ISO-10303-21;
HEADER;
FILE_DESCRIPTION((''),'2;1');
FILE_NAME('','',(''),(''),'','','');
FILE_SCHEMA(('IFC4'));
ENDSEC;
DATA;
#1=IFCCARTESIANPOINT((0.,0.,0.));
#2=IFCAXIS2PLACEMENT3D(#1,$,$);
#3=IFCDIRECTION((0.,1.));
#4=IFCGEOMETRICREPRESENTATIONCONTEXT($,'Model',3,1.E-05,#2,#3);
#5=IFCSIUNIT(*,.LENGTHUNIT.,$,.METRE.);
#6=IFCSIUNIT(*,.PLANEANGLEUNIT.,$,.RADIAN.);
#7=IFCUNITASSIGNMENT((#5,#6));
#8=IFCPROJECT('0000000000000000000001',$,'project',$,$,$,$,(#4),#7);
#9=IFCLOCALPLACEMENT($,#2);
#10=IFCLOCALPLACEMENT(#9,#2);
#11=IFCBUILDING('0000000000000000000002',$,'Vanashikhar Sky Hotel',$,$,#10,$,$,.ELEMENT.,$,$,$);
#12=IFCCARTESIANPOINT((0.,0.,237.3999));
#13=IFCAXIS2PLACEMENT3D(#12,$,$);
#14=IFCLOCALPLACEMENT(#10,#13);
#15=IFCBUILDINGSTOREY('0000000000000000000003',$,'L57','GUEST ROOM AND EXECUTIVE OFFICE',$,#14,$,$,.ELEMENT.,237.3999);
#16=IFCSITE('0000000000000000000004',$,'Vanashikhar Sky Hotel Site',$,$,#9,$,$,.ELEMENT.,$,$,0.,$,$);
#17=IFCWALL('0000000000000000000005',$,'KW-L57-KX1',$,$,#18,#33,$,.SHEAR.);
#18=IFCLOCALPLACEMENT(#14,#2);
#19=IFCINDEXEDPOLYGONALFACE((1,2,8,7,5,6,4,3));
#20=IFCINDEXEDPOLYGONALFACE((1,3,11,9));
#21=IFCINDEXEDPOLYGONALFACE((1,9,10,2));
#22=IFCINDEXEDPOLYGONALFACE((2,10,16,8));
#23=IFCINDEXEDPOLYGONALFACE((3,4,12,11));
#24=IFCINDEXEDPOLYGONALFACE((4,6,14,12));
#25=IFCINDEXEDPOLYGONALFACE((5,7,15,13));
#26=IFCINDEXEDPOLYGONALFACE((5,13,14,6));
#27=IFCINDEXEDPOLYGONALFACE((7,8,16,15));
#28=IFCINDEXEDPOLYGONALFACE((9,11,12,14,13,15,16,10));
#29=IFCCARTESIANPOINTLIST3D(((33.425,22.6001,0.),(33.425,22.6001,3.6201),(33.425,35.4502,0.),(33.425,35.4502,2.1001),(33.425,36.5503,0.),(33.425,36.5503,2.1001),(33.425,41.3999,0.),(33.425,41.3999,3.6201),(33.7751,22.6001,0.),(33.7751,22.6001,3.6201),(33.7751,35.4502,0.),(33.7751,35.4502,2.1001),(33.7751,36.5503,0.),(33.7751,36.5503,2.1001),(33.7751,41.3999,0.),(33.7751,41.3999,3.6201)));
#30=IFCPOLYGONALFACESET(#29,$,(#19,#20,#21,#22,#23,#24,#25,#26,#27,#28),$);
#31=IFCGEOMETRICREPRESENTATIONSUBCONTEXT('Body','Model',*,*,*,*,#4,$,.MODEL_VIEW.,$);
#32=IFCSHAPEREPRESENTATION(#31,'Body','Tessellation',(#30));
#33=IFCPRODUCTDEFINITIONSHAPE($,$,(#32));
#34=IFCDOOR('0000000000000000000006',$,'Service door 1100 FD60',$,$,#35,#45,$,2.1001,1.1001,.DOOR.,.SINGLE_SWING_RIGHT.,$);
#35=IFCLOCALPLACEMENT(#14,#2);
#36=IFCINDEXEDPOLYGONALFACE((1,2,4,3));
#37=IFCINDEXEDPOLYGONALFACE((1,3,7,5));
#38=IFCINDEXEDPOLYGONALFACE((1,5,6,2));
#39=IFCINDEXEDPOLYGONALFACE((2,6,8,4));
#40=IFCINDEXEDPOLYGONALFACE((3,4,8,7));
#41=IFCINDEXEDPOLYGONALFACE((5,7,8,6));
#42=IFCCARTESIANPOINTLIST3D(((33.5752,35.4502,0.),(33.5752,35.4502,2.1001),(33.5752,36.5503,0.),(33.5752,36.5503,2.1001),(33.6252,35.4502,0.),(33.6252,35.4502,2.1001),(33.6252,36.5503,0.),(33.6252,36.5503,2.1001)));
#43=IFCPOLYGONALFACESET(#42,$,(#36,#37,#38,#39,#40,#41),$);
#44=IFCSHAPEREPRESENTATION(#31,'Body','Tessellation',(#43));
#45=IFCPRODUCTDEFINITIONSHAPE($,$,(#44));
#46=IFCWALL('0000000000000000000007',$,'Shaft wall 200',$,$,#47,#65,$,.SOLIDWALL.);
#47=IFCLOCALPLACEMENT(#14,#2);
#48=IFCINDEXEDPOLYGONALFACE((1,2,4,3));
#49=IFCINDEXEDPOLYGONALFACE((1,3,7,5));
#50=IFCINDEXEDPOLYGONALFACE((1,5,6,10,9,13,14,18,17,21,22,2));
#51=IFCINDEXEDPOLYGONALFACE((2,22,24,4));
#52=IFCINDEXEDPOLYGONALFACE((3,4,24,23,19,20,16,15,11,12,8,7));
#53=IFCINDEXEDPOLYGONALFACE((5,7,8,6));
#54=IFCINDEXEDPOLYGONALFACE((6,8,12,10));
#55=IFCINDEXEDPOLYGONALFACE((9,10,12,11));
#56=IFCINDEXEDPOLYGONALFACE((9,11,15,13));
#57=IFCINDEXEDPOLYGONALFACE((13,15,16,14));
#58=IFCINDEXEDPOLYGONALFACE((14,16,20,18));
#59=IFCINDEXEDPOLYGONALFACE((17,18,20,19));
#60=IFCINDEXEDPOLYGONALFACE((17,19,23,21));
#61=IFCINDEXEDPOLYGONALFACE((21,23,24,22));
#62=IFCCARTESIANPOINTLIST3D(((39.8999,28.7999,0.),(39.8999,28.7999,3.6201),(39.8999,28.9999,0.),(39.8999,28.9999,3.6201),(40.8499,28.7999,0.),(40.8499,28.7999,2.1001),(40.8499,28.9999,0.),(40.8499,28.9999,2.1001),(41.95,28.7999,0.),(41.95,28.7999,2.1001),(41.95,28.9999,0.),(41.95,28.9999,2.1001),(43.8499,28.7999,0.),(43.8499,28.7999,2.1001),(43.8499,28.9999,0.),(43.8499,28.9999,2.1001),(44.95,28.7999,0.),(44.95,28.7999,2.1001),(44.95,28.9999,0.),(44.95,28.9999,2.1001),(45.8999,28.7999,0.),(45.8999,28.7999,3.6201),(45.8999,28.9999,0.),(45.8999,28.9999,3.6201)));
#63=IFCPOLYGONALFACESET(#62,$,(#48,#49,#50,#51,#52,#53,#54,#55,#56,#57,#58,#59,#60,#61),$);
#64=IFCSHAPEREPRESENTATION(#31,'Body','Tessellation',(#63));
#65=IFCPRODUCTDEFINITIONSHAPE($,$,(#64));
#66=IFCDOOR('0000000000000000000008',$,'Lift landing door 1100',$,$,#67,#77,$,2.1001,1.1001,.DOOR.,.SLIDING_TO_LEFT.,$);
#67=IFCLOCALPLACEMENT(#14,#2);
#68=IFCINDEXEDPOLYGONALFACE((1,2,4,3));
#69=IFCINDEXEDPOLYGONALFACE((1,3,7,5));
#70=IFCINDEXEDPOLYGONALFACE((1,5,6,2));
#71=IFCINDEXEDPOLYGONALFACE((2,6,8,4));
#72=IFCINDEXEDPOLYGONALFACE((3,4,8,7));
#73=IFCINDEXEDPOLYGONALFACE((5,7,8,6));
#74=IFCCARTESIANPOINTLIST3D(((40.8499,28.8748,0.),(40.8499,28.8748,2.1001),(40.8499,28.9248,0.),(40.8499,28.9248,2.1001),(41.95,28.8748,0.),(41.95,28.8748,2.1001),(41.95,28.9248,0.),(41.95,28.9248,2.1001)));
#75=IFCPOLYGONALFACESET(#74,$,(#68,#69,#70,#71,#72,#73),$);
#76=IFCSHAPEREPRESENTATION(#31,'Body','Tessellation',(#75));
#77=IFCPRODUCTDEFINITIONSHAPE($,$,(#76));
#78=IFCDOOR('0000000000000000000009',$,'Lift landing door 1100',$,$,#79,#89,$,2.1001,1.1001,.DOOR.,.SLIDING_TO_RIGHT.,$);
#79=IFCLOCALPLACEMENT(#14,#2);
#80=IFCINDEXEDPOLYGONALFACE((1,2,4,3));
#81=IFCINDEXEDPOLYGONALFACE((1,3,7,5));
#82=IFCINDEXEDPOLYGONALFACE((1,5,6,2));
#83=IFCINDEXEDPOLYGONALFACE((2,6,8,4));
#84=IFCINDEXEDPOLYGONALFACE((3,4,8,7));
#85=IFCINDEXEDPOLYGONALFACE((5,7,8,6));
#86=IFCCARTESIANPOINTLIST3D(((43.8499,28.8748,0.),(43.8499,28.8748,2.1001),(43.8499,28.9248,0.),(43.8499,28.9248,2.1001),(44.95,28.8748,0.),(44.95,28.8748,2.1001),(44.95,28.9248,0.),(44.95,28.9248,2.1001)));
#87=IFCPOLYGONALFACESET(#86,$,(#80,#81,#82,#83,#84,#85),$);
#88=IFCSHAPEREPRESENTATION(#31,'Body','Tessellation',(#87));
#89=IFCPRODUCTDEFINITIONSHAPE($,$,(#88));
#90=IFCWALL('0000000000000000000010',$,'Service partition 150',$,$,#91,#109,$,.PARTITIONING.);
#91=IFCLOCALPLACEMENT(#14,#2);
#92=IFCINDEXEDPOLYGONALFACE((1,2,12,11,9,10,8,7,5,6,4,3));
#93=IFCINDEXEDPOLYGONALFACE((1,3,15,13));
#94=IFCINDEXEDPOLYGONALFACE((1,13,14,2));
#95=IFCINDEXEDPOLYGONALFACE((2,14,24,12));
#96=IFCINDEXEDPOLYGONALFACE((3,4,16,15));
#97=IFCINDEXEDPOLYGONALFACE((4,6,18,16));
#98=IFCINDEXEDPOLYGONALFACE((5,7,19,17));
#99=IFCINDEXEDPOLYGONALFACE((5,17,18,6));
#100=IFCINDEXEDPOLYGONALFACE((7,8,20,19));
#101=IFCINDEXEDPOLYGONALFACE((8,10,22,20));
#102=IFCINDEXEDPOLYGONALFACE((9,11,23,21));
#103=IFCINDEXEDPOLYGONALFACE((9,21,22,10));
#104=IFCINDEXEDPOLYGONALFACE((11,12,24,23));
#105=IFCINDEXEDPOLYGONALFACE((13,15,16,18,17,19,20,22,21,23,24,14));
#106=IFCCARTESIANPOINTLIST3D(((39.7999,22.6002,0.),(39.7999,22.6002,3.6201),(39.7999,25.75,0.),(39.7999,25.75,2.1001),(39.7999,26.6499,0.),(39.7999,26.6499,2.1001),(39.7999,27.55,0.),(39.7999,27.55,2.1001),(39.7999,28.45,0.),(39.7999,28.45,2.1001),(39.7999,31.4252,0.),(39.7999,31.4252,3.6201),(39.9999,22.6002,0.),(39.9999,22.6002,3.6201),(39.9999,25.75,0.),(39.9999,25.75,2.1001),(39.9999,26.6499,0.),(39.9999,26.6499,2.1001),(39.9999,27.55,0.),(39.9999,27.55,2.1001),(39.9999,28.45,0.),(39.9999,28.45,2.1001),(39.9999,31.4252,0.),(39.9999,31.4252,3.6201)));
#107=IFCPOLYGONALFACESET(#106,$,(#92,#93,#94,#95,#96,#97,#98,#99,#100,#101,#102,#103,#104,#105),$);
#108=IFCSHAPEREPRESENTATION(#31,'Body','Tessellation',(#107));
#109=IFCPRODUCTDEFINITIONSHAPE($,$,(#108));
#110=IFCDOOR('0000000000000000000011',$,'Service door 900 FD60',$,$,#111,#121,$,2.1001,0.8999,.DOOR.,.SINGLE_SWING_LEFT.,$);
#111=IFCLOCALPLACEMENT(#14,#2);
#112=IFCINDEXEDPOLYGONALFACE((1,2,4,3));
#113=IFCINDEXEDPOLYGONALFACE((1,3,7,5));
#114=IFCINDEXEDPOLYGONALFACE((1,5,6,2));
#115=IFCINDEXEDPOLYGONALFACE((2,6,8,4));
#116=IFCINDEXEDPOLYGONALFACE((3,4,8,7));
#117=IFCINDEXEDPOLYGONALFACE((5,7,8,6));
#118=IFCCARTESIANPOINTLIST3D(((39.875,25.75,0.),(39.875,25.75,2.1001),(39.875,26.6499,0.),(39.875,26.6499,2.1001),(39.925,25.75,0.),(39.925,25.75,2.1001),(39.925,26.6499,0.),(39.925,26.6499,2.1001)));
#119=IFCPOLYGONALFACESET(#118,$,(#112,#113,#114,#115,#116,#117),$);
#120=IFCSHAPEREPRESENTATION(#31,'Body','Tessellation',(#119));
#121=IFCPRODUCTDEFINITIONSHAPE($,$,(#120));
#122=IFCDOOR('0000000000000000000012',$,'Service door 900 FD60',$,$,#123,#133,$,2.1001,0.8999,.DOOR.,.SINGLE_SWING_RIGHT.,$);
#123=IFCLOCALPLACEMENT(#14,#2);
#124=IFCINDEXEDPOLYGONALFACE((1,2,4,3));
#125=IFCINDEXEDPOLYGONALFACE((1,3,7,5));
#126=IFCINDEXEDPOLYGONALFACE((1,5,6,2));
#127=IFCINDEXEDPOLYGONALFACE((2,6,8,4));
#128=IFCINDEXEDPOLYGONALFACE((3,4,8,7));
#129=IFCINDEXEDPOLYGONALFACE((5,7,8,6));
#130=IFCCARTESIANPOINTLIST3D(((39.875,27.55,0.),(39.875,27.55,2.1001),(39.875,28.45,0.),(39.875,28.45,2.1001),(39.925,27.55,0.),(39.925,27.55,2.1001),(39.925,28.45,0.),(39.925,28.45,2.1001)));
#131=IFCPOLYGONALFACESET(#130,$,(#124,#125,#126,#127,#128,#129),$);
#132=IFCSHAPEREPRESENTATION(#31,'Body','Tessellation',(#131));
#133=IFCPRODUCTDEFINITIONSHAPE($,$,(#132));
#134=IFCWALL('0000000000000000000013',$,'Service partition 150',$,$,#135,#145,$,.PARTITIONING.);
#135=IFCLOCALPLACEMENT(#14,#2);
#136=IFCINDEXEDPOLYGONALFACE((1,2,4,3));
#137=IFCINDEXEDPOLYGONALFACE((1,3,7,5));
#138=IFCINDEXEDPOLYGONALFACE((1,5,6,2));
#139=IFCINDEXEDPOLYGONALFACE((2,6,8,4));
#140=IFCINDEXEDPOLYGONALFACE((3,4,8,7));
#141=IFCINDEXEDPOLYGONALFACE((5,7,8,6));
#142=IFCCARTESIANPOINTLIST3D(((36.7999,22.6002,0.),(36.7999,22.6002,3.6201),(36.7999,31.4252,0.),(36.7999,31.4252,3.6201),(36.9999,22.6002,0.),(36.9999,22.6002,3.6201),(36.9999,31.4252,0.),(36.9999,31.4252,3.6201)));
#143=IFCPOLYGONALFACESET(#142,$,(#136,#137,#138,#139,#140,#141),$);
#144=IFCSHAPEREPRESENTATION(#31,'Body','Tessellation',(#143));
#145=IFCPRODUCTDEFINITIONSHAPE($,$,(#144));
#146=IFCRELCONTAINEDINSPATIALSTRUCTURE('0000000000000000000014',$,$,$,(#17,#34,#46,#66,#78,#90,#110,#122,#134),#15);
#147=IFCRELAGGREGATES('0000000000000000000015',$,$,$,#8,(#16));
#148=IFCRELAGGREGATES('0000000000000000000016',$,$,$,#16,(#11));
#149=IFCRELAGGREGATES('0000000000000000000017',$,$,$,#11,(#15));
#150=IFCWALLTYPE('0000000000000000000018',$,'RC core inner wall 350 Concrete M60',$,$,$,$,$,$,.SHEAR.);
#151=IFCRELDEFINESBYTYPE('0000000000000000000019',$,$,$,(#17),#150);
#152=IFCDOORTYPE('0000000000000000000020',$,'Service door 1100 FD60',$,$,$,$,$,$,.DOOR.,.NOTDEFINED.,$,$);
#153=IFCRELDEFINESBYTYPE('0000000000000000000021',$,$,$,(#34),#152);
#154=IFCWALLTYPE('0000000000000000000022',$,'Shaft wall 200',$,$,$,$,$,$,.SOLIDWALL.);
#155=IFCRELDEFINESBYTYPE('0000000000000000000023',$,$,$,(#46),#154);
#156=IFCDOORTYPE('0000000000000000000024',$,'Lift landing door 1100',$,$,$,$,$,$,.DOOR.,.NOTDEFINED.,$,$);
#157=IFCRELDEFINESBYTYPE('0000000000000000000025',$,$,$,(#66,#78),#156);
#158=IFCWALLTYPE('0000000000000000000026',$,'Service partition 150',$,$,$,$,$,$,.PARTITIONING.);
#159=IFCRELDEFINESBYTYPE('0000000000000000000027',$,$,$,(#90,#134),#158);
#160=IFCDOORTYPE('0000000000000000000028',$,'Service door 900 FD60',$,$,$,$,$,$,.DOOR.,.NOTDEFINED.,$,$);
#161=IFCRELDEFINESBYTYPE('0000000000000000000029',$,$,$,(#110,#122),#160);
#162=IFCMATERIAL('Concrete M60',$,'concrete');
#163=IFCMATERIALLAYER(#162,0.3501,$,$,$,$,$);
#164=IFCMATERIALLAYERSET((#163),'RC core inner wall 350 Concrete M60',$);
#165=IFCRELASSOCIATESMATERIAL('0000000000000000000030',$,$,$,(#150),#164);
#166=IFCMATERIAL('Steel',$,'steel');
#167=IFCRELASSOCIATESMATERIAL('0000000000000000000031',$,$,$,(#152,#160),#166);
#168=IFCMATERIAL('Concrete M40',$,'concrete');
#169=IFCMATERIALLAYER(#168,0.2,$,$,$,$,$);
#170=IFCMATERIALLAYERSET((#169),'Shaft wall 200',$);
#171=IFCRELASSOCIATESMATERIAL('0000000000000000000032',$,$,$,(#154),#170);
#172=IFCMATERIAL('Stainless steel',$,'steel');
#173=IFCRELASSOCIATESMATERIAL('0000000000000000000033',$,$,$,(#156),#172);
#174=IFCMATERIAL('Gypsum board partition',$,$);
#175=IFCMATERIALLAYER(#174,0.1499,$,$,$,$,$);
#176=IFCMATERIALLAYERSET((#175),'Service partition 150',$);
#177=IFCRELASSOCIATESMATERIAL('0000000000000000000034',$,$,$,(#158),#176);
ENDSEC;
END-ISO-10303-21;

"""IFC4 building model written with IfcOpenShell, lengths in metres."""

from ifc_helpers import new_model, si_unit, direction, frame, frame_2d, origin, place, context, subcontext, project, spatial, rectangle, extrude, source, transform, mapped, material, layer, layer_set, type_object, element, fill, save


model = new_model("IFC4")

# Units and contexts
model_context = context("Model", 3, precision=1e-05, world=origin(), true_north=direction((0.0, 1.0)))
body_context = subcontext(model_context, "Body", "Model", "MODEL_VIEW")
ifc_project = project(units=[si_unit("LENGTHUNIT", "METRE"), si_unit("PLANEANGLEUNIT", "RADIAN")], contexts=[model_context])

# Site, building, storey
site_placement = place(None, origin())
site = spatial("IfcSite", under=ifc_project, at=site_placement, Name="Vanashikhar Sky Hotel Site", CompositionType="ELEMENT", RefElevation=0.0)
building_placement = place(site_placement, origin())
building = spatial("IfcBuilding", under=site, at=building_placement, Name="Vanashikhar Sky Hotel", CompositionType="ELEMENT")
storey_placement = place(building_placement, frame((0.0, 0.0, 237.3999)))
storey = spatial("IfcBuildingStorey", under=building, at=storey_placement, Name="L57", Description="GUEST ROOM AND EXECUTIVE OFFICE", CompositionType="ELEMENT", Elevation=237.3999)

# Wall, opening, door
ifc_material_1 = material(Name="Concrete M60", Category="concrete")
ifc_layer_1 = layer(ifc_material_1, 0.3501)
ifc_layer_set_1 = layer_set([ifc_layer_1], Name="RC core inner wall 350 Concrete M60")
wall_type_1 = type_object("IfcWallType", Name="RC core inner wall 350 Concrete M60", PredefinedType="SHEAR", material=ifc_layer_set_1)
shared_shape_1 = source(origin(), body_context, "Body", "SweptSolid", [
    extrude(rectangle(XDim=18.7998, YDim=0.3501, at=frame_2d((9.3999, 0.0))), origin(), (0.0, 0.0, 1.0), 3.6201),
])
wall_1_placement = place(storey_placement, frame((33.6001, 22.6001, 0.0), z_axis=(0.0, 0.0, 1.0), x_axis=(0.0, 1.0, 0.0)))
wall_1 = element("IfcWall", 1, at=wall_1_placement, inside=storey, type_object=wall_type_1, Name="KW-L57-KX1", PredefinedType="SHEAR", context=body_context, shape_type="MappedRepresentation", body=[
    mapped(shared_shape_1, transform((0.0, 0.0, 0.0), scale=1.0)),
])
shared_shape_2 = source(origin(), body_context, "Body", "SweptSolid", [
    extrude(rectangle(XDim=1.1001, YDim=2.1001, at=frame_2d((0.55, 1.05))), frame((0.0, 0.1851, 0.0), z_axis=(0.0, -1.0, 0.0), x_axis=(1.0, 0.0, 0.0)), (0.0, 0.0, 1.0), 0.3701),
])
opening_1_placement = place(wall_1_placement, frame((12.8501, 0.0, 0.0)))
opening_1 = element("IfcOpeningElement", 2, at=opening_1_placement, cuts=wall_1, PredefinedType="OPENING", context=body_context, shape_type="MappedRepresentation", body=[
    mapped(shared_shape_2, transform((0.0, 0.0, 0.0), scale=1.0)),
])
ifc_material_2 = material(Name="Steel", Category="steel")
door_type_1 = type_object("IfcDoorType", Name="Service door 1100 FD60", OperationType="NOTDEFINED", PredefinedType="DOOR", material=ifc_material_2)
shared_shape_3 = source(origin(), body_context, "Body", "SweptSolid", [
    extrude(rectangle(XDim=1.1001, YDim=2.1001, at=frame_2d((0.55, 1.05))), frame((0.0, 0.0249, 0.0), z_axis=(0.0, -1.0, 0.0), x_axis=(1.0, 0.0, 0.0)), (0.0, 0.0, 1.0), 0.05),
])
door_1_placement = place(opening_1_placement, origin())
door_1 = element("IfcDoor", 3, at=door_1_placement, inside=storey, type_object=door_type_1, Name="Service door 1100 FD60", OperationType="SINGLE_SWING_RIGHT", OverallHeight=2.1001, OverallWidth=1.1001, PredefinedType="DOOR", context=body_context, shape_type="MappedRepresentation", body=[
    mapped(shared_shape_3, transform((0.0, 0.0, 0.0), scale=1.0)),
])
fill(opening_1, door_1)

# Walls, openings, doors
ifc_material_3 = material(Name="Concrete M40", Category="concrete")
ifc_layer_2 = layer(ifc_material_3, 0.2)
ifc_layer_set_2 = layer_set([ifc_layer_2], Name="Shaft wall 200")
wall_type_2 = type_object("IfcWallType", Name="Shaft wall 200", PredefinedType="SOLIDWALL", material=ifc_layer_set_2)
shared_shape_4 = source(origin(), body_context, "Body", "SweptSolid", [
    extrude(rectangle(XDim=6.0, YDim=0.2, at=frame_2d((3.0, 0.0))), origin(), (0.0, 0.0, 1.0), 3.6201),
])
wall_2_placement = place(storey_placement, frame((39.8999, 28.8999, 0.0), z_axis=(0.0, 0.0, 1.0), x_axis=(1.0, 0.0, 0.0)))
wall_2 = element("IfcWall", 4, at=wall_2_placement, inside=storey, type_object=wall_type_2, Name="Shaft wall 200", PredefinedType="SOLIDWALL", context=body_context, shape_type="MappedRepresentation", body=[
    mapped(shared_shape_4, transform((0.0, 0.0, 0.0), scale=1.0)),
])
shared_shape_5 = source(origin(), body_context, "Body", "SweptSolid", [
    extrude(rectangle(XDim=1.1001, YDim=2.1001, at=frame_2d((0.55, 1.05))), frame((0.0, 0.1099, 0.0), z_axis=(0.0, -1.0, 0.0), x_axis=(1.0, 0.0, 0.0)), (0.0, 0.0, 1.0), 0.22),
])
opening_2_placement = place(wall_2_placement, frame((0.95, 0.0, 0.0)))
opening_2 = element("IfcOpeningElement", 5, at=opening_2_placement, cuts=wall_2, PredefinedType="OPENING", context=body_context, shape_type="MappedRepresentation", body=[
    mapped(shared_shape_5, transform((0.0, 0.0, 0.0), scale=1.0)),
])
opening_3_placement = place(wall_2_placement, frame((3.95, 0.0, 0.0)))
opening_3 = element("IfcOpeningElement", 6, at=opening_3_placement, cuts=wall_2, PredefinedType="OPENING", context=body_context, shape_type="MappedRepresentation", body=[
    mapped(shared_shape_5, transform((0.0, 0.0, 0.0), scale=1.0)),
])
ifc_material_4 = material(Name="Stainless steel", Category="steel")
door_type_2 = type_object("IfcDoorType", Name="Lift landing door 1100", OperationType="NOTDEFINED", PredefinedType="DOOR", material=ifc_material_4)
door_2_placement = place(opening_2_placement, origin())
door_2 = element("IfcDoor", 7, at=door_2_placement, inside=storey, type_object=door_type_2, Name="Lift landing door 1100", OperationType="SLIDING_TO_LEFT", OverallHeight=2.1001, OverallWidth=1.1001, PredefinedType="DOOR", context=body_context, shape_type="MappedRepresentation", body=[
    mapped(shared_shape_3, transform((0.0, 0.0, 0.0), scale=1.0)),
])
fill(opening_2, door_2)
door_3_placement = place(opening_3_placement, origin())
door_3 = element("IfcDoor", 8, at=door_3_placement, inside=storey, type_object=door_type_2, Name="Lift landing door 1100", OperationType="SLIDING_TO_RIGHT", OverallHeight=2.1001, OverallWidth=1.1001, PredefinedType="DOOR", context=body_context, shape_type="MappedRepresentation", body=[
    mapped(shared_shape_3, transform((0.0, 0.0, 0.0), scale=1.0)),
])
fill(opening_3, door_3)
ifc_material_5 = material(Name="Gypsum board partition")
ifc_layer_3 = layer(ifc_material_5, 0.1499)
ifc_layer_set_3 = layer_set([ifc_layer_3], Name="Service partition 150")
wall_type_3 = type_object("IfcWallType", Name="Service partition 150", PredefinedType="PARTITIONING", material=ifc_layer_set_3)
shared_shape_6 = source(origin(), body_context, "Body", "SweptSolid", [
    extrude(rectangle(XDim=8.825, YDim=0.2, at=frame_2d((4.4126, 0.0))), origin(), (0.0, 0.0, 1.0), 3.6201),
])
wall_3_placement = place(storey_placement, frame((39.8999, 22.6001, 0.0), z_axis=(0.0, 0.0, 1.0), x_axis=(0.0, 1.0, 0.0)))
wall_3 = element("IfcWall", 9, at=wall_3_placement, inside=storey, type_object=wall_type_3, Name="Service partition 150", PredefinedType="PARTITIONING", context=body_context, shape_type="MappedRepresentation", body=[
    mapped(shared_shape_6, transform((0.0, 0.0, 0.0), scale=1.0)),
])
shared_shape_7 = source(origin(), body_context, "Body", "SweptSolid", [
    extrude(rectangle(XDim=0.8999, YDim=2.1001, at=frame_2d((0.45, 1.05))), frame((0.0, 0.1099, 0.0), z_axis=(0.0, -1.0, 0.0), x_axis=(1.0, 0.0, 0.0)), (0.0, 0.0, 1.0), 0.22),
])
opening_4_placement = place(wall_3_placement, frame((3.1499, 0.0, 0.0)))
opening_4 = element("IfcOpeningElement", 10, at=opening_4_placement, cuts=wall_3, PredefinedType="OPENING", context=body_context, shape_type="MappedRepresentation", body=[
    mapped(shared_shape_7, transform((0.0, 0.0, 0.0), scale=1.0)),
])
opening_5_placement = place(wall_3_placement, frame((4.95, 0.0, 0.0)))
opening_5 = element("IfcOpeningElement", 11, at=opening_5_placement, cuts=wall_3, PredefinedType="OPENING", context=body_context, shape_type="MappedRepresentation", body=[
    mapped(shared_shape_7, transform((0.0, 0.0, 0.0), scale=1.0)),
])
door_type_3 = type_object("IfcDoorType", Name="Service door 900 FD60", OperationType="NOTDEFINED", PredefinedType="DOOR", material=ifc_material_2)
shared_shape_8 = source(origin(), body_context, "Body", "SweptSolid", [
    extrude(rectangle(XDim=0.8999, YDim=2.1001, at=frame_2d((0.45, 1.05))), frame((0.0, 0.0249, 0.0), z_axis=(0.0, -1.0, 0.0), x_axis=(1.0, 0.0, 0.0)), (0.0, 0.0, 1.0), 0.05),
])
door_4_placement = place(opening_4_placement, origin())
door_4 = element("IfcDoor", 12, at=door_4_placement, inside=storey, type_object=door_type_3, Name="Service door 900 FD60", OperationType="SINGLE_SWING_LEFT", OverallHeight=2.1001, OverallWidth=0.8999, PredefinedType="DOOR", context=body_context, shape_type="MappedRepresentation", body=[
    mapped(shared_shape_8, transform((0.0, 0.0, 0.0), scale=1.0)),
])
fill(opening_4, door_4)
door_5_placement = place(opening_5_placement, origin())
door_5 = element("IfcDoor", 13, at=door_5_placement, inside=storey, type_object=door_type_3, Name="Service door 900 FD60", OperationType="SINGLE_SWING_RIGHT", OverallHeight=2.1001, OverallWidth=0.8999, PredefinedType="DOOR", context=body_context, shape_type="MappedRepresentation", body=[
    mapped(shared_shape_8, transform((0.0, 0.0, 0.0), scale=1.0)),
])
fill(opening_5, door_5)

# Wall
wall_4_placement = place(storey_placement, frame((36.8999, 22.6001, 0.0), z_axis=(0.0, 0.0, 1.0), x_axis=(0.0, 1.0, 0.0)))
element("IfcWall", 14, at=wall_4_placement, inside=storey, type_object=wall_type_3, Name="Service partition 150", PredefinedType="PARTITIONING", context=body_context, shape_type="MappedRepresentation", body=[
    mapped(shared_shape_6, transform((0.0, 0.0, 0.0), scale=1.0)),
])

save(model, "model.ifc")
